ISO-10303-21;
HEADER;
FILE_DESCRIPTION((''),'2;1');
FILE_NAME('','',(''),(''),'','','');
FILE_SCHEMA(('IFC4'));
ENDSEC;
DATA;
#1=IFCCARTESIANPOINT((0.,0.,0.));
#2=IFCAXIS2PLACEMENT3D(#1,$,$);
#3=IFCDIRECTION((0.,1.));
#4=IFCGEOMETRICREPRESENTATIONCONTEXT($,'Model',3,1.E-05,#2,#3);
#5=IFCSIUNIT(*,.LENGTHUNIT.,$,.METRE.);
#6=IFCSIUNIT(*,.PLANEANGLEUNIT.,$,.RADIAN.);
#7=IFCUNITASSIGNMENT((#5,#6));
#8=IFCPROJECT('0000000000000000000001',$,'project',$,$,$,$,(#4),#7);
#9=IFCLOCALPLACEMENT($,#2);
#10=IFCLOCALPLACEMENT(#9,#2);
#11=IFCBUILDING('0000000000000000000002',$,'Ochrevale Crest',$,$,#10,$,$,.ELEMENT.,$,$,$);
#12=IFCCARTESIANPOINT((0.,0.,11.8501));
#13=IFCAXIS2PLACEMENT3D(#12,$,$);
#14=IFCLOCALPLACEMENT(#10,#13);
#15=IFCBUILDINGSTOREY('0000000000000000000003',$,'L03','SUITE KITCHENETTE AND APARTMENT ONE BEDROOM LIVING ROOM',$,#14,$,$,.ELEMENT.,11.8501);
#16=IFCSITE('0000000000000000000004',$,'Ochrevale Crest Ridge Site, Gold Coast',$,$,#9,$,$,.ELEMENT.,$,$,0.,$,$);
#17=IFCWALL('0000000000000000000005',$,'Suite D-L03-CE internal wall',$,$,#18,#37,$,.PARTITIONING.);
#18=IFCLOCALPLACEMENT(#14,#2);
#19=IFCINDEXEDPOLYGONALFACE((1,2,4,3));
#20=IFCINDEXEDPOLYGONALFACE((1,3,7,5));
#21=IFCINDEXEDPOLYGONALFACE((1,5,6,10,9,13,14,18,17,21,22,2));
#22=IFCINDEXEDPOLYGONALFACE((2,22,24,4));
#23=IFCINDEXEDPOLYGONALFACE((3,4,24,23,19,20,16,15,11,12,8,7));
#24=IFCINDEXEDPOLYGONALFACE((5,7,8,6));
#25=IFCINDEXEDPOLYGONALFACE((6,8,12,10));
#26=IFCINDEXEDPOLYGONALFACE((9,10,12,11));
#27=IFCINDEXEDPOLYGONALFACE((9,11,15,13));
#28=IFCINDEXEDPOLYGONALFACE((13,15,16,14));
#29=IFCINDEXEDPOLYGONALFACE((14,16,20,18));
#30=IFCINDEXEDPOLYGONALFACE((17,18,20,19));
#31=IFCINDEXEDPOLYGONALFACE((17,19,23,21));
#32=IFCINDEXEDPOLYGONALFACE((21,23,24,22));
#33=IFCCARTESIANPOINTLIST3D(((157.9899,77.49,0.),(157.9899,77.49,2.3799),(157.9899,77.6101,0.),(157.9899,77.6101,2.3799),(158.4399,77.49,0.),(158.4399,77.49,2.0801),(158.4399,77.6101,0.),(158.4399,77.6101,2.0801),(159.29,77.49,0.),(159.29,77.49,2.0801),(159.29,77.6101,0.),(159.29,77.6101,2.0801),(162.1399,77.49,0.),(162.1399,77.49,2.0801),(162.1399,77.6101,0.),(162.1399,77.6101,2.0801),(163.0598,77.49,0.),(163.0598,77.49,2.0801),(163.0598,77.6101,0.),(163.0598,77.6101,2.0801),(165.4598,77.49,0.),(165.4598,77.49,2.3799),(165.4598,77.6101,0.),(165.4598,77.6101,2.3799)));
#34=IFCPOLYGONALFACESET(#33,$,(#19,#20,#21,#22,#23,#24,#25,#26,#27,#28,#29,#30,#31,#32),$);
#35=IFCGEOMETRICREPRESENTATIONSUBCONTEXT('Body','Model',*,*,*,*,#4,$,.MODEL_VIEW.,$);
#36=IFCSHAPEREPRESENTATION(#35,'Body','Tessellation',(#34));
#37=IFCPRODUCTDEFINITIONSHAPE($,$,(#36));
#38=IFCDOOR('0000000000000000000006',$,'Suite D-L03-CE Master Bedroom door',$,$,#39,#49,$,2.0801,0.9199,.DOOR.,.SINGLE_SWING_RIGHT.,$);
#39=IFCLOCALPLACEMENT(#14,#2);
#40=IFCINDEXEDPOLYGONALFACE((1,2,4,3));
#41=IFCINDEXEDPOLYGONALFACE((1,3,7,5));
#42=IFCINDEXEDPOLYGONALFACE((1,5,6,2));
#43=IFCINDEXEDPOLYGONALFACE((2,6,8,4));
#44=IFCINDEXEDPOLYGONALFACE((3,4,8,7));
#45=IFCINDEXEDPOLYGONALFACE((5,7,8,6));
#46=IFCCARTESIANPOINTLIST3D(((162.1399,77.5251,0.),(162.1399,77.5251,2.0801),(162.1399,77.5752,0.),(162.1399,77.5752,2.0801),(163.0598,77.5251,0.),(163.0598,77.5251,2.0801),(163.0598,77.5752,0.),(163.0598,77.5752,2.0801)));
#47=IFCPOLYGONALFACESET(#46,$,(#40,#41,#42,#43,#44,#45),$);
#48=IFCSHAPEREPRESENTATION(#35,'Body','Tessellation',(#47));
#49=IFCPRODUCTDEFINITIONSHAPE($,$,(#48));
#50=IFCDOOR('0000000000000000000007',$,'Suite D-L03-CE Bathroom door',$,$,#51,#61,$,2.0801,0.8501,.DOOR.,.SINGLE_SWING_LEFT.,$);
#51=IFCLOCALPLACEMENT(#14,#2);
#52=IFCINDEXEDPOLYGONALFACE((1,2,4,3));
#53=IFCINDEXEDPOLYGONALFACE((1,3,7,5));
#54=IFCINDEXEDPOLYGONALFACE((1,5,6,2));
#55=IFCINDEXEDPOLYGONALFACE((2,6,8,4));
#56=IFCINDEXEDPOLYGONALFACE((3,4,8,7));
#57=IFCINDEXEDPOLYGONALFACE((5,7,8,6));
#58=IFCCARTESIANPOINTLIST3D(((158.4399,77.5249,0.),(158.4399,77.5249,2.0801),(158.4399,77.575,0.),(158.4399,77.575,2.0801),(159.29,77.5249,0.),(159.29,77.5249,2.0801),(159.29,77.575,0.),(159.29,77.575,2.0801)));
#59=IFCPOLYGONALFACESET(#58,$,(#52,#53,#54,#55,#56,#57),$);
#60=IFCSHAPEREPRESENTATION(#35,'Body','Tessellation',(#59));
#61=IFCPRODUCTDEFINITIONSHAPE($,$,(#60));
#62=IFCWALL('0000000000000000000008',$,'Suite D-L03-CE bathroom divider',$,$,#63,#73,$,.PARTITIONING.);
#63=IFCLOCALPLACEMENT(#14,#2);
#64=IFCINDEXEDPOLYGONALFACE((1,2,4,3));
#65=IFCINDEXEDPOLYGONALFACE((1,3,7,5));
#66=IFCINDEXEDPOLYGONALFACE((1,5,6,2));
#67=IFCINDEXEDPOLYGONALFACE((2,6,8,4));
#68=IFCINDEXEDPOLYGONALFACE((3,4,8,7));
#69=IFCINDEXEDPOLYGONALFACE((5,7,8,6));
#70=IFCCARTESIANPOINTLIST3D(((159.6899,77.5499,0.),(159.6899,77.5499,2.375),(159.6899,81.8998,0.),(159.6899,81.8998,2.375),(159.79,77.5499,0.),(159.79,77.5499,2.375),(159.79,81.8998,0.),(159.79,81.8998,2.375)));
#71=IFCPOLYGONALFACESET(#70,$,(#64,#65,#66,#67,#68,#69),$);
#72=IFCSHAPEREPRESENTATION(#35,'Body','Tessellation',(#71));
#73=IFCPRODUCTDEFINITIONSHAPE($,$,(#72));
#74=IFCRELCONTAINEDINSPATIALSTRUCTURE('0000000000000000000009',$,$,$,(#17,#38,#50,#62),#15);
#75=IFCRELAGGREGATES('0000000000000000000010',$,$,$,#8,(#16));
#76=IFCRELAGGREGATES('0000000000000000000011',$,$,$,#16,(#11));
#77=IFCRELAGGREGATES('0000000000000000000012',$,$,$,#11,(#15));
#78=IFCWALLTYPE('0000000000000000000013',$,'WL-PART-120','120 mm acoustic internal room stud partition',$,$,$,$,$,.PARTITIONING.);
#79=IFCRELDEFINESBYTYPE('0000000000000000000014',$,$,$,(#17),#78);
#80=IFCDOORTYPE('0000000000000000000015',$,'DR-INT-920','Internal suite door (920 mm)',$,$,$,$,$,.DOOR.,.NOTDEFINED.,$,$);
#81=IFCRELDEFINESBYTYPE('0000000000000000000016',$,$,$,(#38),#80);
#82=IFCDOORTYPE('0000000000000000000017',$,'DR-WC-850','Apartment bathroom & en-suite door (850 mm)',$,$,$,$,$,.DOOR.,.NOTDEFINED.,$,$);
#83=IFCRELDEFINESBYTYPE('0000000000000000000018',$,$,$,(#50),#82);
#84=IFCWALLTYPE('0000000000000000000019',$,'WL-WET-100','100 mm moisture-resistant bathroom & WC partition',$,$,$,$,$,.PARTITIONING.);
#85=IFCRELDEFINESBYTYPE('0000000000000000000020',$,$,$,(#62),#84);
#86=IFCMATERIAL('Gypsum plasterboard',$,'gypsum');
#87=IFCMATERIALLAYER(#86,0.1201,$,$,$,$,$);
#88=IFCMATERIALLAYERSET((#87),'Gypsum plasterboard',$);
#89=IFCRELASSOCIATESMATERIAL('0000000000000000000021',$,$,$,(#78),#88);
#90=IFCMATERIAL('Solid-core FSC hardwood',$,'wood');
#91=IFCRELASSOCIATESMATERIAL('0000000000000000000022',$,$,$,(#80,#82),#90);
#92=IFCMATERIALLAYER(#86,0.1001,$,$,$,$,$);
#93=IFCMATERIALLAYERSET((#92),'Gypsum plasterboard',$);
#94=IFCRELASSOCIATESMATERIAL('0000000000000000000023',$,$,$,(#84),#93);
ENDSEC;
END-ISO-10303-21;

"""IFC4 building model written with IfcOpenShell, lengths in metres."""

from ifc_helpers import new_model, si_unit, direction, frame, frame_2d, origin, place, context, subcontext, project, spatial, rectangle, extrude, material, layer, layer_set, type_object, element, fill, save


model = new_model("IFC4")

# Units and contexts
model_context = context("Model", 3, precision=1e-05, world=origin(), true_north=direction((0.0, 1.0)))
body_context = subcontext(model_context, "Body", "Model", "MODEL_VIEW")
ifc_project = project(units=[si_unit("LENGTHUNIT", "METRE"), si_unit("PLANEANGLEUNIT", "RADIAN")], contexts=[model_context])

# Site, building, storey
site_placement = place(None, origin())
site = spatial("IfcSite", under=ifc_project, at=site_placement, Name="Ochrevale Crest Ridge Site, Gold Coast", CompositionType="ELEMENT", RefElevation=0.0)
building_placement = place(site_placement, origin())
building = spatial("IfcBuilding", under=site, at=building_placement, Name="Ochrevale Crest", CompositionType="ELEMENT")
storey_placement = place(building_placement, frame((0.0, 0.0, 11.8501)))
storey = spatial("IfcBuildingStorey", under=building, at=storey_placement, Name="L03", Description="SUITE KITCHENETTE AND APARTMENT ONE BEDROOM LIVING ROOM", CompositionType="ELEMENT", Elevation=11.8501)

# Wall, openings, doors
ifc_material_1 = material(Name="Gypsum plasterboard", Category="gypsum")
ifc_layer_1 = layer(ifc_material_1, 0.1201)
ifc_layer_set_1 = layer_set([ifc_layer_1], Name="Gypsum plasterboard")
wall_type_1 = type_object("IfcWallType", Name="WL-PART-120", Description="120 mm acoustic internal room stud partition", PredefinedType="PARTITIONING", material=ifc_layer_set_1)
wall_1_placement = place(storey_placement, frame((157.99, 77.55, 0.0), z_axis=(0.0, 0.0, 1.0), x_axis=(1.0, 0.0, 0.0)))
wall_1 = element("IfcWall", 1, at=wall_1_placement, inside=storey, type_object=wall_type_1, Name="Suite D-L03-CE internal wall", PredefinedType="PARTITIONING", context=body_context, shape_type="SweptSolid", body=[
    extrude(rectangle(XDim=7.47, YDim=0.1201, at=frame_2d((3.7349, 0.0))), origin(), (0.0, 0.0, 1.0), 2.3799),
])
opening_1_placement = place(wall_1_placement, frame((0.45, 0.0, 0.0)))
opening_1 = element("IfcOpeningElement", 2, at=opening_1_placement, cuts=wall_1, PredefinedType="OPENING", context=body_context, shape_type="SweptSolid", body=[
    extrude(rectangle(XDim=0.8501, YDim=2.0801, at=frame_2d((0.425, 1.04))), frame((0.0, 0.0701, 0.0), z_axis=(0.0, -1.0, 0.0), x_axis=(1.0, 0.0, 0.0)), (0.0, 0.0, 1.0), 0.1401),
])
opening_2_placement = place(wall_1_placement, frame((5.0698, 0.0, 0.0), z_axis=(0.0, 0.0, 1.0), x_axis=(-1.0, 0.0, 0.0)))
opening_2 = element("IfcOpeningElement", 3, at=opening_2_placement, cuts=wall_1, PredefinedType="OPENING", context=body_context, shape_type="SweptSolid", body=[
    extrude(rectangle(XDim=0.9199, YDim=2.0801, at=frame_2d((0.46, 1.04))), frame((0.0, 0.0701, 0.0), z_axis=(0.0, -1.0, 0.0), x_axis=(1.0, 0.0, 0.0)), (0.0, 0.0, 1.0), 0.1401),
])
ifc_material_2 = material(Name="Solid-core FSC hardwood", Category="wood")
door_type_1 = type_object("IfcDoorType", Name="DR-INT-920", Description="Internal suite door (920 mm)", OperationType="NOTDEFINED", PredefinedType="DOOR", material=ifc_material_2)
door_1_placement = place(opening_2_placement, origin())
door_1 = element("IfcDoor", 4, at=door_1_placement, inside=storey, type_object=door_type_1, Name="Suite D-L03-CE Master Bedroom door", OperationType="SINGLE_SWING_RIGHT", OverallHeight=2.0801, OverallWidth=0.9199, PredefinedType="DOOR", context=body_context, shape_type="SweptSolid", body=[
    extrude(rectangle(XDim=0.9199, YDim=2.0801, at=frame_2d((0.46, 1.04))), frame((0.0, 0.0249, 0.0), z_axis=(0.0, -1.0, 0.0), x_axis=(1.0, 0.0, 0.0)), (0.0, 0.0, 1.0), 0.05),
])
fill(opening_2, door_1)
door_type_2 = type_object("IfcDoorType", Name="DR-WC-850", Description="Apartment bathroom & en-suite door (850 mm)", OperationType="NOTDEFINED", PredefinedType="DOOR", material=ifc_material_2)
door_2_placement = place(opening_1_placement, origin())
door_2 = element("IfcDoor", 5, at=door_2_placement, inside=storey, type_object=door_type_2, Name="Suite D-L03-CE Bathroom door", OperationType="SINGLE_SWING_LEFT", OverallHeight=2.0801, OverallWidth=0.8501, PredefinedType="DOOR", context=body_context, shape_type="SweptSolid", body=[
    extrude(rectangle(XDim=0.8501, YDim=2.0801, at=frame_2d((0.425, 1.04))), frame((0.0, 0.0249, 0.0), z_axis=(0.0, -1.0, 0.0), x_axis=(1.0, 0.0, 0.0)), (0.0, 0.0, 1.0), 0.05),
])
fill(opening_1, door_2)

# Wall
ifc_layer_2 = layer(ifc_material_1, 0.1001)
ifc_layer_set_2 = layer_set([ifc_layer_2], Name="Gypsum plasterboard")
wall_type_2 = type_object("IfcWallType", Name="WL-WET-100", Description="100 mm moisture-resistant bathroom & WC partition", PredefinedType="PARTITIONING", material=ifc_layer_set_2)
wall_2_placement = place(storey_placement, frame((159.74, 77.55, 0.0), z_axis=(0.0, 0.0, 1.0), x_axis=(0.0, 1.0, 0.0)))
element("IfcWall", 6, at=wall_2_placement, inside=storey, type_object=wall_type_2, Name="Suite D-L03-CE bathroom divider", PredefinedType="PARTITIONING", context=body_context, shape_type="SweptSolid", body=[
    extrude(rectangle(XDim=4.3499, YDim=0.1001, at=frame_2d((2.1748, 0.0))), origin(), (0.0, 0.0, 1.0), 2.375),
])

save(model, "model.ifc")
